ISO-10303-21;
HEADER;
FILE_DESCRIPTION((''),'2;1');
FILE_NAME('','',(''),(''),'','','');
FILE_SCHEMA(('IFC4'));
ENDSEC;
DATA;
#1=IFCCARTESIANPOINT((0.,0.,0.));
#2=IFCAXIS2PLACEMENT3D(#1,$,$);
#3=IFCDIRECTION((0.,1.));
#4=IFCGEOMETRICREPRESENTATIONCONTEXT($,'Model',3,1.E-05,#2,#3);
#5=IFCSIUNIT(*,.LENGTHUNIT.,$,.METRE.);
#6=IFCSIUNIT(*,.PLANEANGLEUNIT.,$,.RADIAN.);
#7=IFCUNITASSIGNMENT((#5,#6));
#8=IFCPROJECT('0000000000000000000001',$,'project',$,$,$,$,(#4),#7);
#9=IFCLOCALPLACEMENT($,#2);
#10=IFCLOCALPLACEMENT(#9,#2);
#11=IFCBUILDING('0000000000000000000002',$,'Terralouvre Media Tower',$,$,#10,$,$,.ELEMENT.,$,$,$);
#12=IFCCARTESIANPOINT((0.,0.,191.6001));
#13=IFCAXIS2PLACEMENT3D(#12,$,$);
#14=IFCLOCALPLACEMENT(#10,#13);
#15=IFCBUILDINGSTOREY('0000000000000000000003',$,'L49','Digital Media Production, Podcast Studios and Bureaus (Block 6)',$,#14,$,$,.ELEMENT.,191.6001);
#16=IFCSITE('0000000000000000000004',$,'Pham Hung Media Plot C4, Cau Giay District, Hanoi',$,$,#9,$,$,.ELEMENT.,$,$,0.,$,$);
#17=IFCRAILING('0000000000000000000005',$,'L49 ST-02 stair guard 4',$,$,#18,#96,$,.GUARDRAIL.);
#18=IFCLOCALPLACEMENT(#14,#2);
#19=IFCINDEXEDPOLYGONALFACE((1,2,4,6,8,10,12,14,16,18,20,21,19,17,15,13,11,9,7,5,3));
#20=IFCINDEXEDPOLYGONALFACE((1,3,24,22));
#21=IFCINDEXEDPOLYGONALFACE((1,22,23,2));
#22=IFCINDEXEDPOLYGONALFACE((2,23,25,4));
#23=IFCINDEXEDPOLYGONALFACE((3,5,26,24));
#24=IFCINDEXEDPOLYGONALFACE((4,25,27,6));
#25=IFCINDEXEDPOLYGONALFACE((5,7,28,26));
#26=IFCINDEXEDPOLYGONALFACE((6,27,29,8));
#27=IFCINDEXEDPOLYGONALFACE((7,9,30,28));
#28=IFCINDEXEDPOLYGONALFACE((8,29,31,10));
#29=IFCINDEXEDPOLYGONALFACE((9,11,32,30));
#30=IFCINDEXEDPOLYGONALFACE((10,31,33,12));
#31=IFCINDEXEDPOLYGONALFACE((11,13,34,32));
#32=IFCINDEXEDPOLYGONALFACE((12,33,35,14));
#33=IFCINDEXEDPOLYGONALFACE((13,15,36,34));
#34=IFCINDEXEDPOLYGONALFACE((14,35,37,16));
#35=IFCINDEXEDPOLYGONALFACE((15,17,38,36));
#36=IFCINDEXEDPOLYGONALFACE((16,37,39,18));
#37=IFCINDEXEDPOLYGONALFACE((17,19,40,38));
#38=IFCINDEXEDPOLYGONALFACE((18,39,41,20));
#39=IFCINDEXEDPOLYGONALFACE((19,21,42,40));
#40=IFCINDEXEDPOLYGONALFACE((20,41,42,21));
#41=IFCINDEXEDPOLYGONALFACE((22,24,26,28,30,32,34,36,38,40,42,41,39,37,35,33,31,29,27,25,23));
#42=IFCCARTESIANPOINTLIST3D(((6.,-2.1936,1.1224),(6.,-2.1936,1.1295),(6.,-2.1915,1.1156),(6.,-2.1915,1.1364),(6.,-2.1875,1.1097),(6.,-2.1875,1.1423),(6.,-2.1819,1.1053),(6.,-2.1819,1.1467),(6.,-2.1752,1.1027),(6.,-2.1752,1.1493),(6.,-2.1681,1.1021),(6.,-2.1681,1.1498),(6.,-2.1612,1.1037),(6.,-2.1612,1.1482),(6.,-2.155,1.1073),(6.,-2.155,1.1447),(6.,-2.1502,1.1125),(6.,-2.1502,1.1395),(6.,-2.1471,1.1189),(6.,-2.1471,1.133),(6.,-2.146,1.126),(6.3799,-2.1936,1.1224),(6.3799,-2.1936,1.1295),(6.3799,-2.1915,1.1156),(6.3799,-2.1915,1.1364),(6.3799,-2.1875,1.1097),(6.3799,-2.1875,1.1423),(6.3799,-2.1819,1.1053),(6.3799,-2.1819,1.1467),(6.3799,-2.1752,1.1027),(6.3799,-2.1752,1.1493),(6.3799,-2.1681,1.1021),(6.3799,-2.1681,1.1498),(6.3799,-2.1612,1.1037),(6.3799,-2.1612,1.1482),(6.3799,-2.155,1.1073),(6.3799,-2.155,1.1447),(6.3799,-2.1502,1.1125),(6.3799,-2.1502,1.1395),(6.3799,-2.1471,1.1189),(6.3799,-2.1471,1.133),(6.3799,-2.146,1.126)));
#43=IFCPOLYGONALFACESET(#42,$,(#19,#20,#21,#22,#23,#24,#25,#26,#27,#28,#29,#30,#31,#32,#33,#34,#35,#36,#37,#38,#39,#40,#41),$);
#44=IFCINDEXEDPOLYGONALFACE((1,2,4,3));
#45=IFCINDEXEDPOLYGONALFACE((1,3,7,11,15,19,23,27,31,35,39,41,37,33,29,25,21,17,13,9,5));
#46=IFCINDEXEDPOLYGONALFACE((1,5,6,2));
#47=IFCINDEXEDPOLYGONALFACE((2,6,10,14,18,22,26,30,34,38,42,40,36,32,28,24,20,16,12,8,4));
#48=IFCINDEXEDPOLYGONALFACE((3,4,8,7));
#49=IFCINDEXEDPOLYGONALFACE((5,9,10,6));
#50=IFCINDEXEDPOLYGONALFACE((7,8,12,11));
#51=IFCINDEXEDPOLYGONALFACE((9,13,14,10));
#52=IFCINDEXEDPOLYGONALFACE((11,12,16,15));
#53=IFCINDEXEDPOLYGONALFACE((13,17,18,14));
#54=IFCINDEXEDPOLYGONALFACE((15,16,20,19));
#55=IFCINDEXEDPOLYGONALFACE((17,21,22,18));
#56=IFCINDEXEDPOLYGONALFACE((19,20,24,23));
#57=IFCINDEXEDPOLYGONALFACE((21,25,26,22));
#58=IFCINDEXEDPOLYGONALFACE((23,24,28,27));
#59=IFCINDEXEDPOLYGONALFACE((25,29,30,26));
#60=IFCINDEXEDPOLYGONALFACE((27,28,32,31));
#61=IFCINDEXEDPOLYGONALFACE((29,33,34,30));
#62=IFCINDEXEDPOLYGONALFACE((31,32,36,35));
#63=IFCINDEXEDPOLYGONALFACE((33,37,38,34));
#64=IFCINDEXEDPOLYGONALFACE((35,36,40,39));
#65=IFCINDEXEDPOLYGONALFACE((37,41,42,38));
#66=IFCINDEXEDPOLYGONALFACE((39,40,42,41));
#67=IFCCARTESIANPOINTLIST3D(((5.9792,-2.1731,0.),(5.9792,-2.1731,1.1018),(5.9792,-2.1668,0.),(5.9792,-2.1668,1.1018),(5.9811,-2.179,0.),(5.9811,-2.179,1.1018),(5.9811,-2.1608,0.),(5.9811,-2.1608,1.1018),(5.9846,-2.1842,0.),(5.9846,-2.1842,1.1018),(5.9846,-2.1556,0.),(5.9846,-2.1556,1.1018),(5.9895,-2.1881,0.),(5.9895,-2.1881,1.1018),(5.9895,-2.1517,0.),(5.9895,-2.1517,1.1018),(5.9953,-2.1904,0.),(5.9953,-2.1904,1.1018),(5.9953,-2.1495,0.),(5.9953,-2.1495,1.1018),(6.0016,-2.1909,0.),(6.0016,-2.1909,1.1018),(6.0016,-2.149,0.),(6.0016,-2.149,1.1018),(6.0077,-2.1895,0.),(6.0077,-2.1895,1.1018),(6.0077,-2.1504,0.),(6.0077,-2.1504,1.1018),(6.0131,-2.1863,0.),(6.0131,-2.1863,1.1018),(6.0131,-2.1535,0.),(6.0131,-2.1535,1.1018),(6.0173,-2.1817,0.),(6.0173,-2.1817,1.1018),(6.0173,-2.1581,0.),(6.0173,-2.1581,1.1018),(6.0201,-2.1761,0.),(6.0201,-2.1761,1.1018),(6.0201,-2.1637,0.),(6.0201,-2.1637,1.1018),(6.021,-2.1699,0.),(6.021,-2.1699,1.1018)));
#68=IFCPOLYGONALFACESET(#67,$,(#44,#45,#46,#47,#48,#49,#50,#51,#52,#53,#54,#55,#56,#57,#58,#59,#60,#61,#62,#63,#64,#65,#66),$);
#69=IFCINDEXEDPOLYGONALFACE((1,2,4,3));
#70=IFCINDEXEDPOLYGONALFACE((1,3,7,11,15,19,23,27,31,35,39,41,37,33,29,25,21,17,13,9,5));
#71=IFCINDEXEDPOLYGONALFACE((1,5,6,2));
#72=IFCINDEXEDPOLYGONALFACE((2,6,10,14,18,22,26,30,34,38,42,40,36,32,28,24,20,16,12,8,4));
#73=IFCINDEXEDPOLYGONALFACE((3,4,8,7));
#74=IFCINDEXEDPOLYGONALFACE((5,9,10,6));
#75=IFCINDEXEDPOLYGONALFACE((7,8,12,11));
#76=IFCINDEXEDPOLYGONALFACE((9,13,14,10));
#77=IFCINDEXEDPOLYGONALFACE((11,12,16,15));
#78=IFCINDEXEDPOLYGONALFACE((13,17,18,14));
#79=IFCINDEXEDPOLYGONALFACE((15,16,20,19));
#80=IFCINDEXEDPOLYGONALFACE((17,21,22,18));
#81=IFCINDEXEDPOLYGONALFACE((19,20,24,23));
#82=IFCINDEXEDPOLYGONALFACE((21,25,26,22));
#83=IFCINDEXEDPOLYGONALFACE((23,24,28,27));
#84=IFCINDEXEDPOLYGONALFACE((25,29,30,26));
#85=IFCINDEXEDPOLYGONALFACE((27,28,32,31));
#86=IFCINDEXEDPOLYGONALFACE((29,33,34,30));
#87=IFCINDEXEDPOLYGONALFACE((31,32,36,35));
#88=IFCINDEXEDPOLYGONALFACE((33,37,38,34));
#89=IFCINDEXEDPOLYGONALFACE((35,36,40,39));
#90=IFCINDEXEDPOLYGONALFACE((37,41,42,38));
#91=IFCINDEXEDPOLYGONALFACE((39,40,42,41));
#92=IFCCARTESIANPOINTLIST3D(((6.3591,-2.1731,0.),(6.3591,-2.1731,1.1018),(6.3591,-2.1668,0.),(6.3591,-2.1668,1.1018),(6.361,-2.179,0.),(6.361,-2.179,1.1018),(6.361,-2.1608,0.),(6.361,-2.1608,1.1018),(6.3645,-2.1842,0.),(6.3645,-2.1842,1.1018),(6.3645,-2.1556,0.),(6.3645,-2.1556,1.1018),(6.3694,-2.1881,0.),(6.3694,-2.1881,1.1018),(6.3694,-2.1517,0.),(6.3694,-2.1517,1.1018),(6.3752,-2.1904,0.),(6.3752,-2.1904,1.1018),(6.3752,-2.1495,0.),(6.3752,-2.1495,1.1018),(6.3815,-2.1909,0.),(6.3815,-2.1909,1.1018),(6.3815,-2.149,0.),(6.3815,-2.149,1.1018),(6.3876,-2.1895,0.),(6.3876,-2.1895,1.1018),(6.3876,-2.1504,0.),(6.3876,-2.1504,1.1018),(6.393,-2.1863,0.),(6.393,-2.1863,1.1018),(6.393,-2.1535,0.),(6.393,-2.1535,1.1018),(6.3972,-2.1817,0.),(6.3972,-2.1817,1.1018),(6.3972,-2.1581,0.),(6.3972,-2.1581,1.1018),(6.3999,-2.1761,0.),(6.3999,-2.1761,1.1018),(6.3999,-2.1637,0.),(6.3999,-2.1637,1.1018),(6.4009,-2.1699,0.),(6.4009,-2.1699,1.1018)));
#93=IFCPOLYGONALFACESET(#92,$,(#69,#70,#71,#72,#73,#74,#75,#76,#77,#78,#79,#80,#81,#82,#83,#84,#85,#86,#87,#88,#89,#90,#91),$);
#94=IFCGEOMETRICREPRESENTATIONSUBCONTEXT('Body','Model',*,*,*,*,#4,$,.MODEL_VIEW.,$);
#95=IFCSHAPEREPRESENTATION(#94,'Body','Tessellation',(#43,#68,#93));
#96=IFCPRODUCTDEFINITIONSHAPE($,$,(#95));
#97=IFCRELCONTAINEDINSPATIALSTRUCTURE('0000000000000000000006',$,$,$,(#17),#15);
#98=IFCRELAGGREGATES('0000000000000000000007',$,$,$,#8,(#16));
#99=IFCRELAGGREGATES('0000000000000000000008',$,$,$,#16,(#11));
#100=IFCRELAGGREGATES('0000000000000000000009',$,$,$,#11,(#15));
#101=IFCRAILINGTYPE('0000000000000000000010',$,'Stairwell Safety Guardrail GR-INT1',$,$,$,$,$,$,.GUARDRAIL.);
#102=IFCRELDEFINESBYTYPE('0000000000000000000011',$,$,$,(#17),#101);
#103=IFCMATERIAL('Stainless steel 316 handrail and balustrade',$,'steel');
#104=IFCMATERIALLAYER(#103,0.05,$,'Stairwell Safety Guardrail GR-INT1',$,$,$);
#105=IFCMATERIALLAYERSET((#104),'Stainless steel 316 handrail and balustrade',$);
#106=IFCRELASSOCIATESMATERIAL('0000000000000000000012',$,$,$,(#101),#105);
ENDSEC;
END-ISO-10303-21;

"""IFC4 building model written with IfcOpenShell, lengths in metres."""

from ifc_helpers import new_model, si_unit, direction, frame, origin, origin_2d, place, context, subcontext, project, spatial, circle, extrude, material, layer, layer_set, type_object, element, save


model = new_model("IFC4")

# Units and contexts
model_context = context("Model", 3, precision=1e-05, world=origin(), true_north=direction((0.0, 1.0)))
body_context = subcontext(model_context, "Body", "Model", "MODEL_VIEW")
ifc_project = project(units=[si_unit("LENGTHUNIT", "METRE"), si_unit("PLANEANGLEUNIT", "RADIAN")], contexts=[model_context])

# Site, building, storey
site_placement = place(None, origin())
site = spatial("IfcSite", under=ifc_project, at=site_placement, Name="Pham Hung Media Plot C4, Cau Giay District, Hanoi", CompositionType="ELEMENT", RefElevation=0.0)
building_placement = place(site_placement, origin())
building = spatial("IfcBuilding", under=site, at=building_placement, Name="Terralouvre Media Tower", CompositionType="ELEMENT")
storey_placement = place(building_placement, frame((0.0, 0.0, 191.6001)))
storey = spatial("IfcBuildingStorey", under=building, at=storey_placement, Name="L49", Description="Digital Media Production, Podcast Studios and Bureaus (Block 6)", CompositionType="ELEMENT", Elevation=191.6001)

# Railing
ifc_material_1 = material(Name="Stainless steel 316 handrail and balustrade", Category="steel")
ifc_layer_1 = layer(ifc_material_1, 0.05, Name="Stairwell Safety Guardrail GR-INT1")
ifc_layer_set_1 = layer_set([ifc_layer_1], Name="Stainless steel 316 handrail and balustrade")
railing_type_1 = type_object("IfcRailingType", Name="Stairwell Safety Guardrail GR-INT1", PredefinedType="GUARDRAIL", material=ifc_layer_set_1)
railing_1_placement = place(storey_placement, frame((6.0, -2.1699, 0.0)))
element("IfcRailing", 1, at=railing_1_placement, inside=storey, type_object=railing_type_1, Name="L49 ST-02 stair guard 4", PredefinedType="GUARDRAIL", context=body_context, shape_type="SweptSolid", body=[
    extrude(circle(Radius=0.0239, at=origin_2d()), frame((0.0, 0.0, 1.126), z_axis=(1.0, 0.0, 0.0), x_axis=(0.0, 1.0, 0.0)), (0.0, 0.0, 1.0), 0.3799),
    extrude(circle(Radius=0.021, at=origin_2d()), origin(), (0.0, 0.0, 1.0), 1.1018),
    extrude(circle(Radius=0.021, at=origin_2d()), frame((0.3799, 0.0, 0.0)), (0.0, 0.0, 1.0), 1.1018),
])

save(model, "model.ifc")
